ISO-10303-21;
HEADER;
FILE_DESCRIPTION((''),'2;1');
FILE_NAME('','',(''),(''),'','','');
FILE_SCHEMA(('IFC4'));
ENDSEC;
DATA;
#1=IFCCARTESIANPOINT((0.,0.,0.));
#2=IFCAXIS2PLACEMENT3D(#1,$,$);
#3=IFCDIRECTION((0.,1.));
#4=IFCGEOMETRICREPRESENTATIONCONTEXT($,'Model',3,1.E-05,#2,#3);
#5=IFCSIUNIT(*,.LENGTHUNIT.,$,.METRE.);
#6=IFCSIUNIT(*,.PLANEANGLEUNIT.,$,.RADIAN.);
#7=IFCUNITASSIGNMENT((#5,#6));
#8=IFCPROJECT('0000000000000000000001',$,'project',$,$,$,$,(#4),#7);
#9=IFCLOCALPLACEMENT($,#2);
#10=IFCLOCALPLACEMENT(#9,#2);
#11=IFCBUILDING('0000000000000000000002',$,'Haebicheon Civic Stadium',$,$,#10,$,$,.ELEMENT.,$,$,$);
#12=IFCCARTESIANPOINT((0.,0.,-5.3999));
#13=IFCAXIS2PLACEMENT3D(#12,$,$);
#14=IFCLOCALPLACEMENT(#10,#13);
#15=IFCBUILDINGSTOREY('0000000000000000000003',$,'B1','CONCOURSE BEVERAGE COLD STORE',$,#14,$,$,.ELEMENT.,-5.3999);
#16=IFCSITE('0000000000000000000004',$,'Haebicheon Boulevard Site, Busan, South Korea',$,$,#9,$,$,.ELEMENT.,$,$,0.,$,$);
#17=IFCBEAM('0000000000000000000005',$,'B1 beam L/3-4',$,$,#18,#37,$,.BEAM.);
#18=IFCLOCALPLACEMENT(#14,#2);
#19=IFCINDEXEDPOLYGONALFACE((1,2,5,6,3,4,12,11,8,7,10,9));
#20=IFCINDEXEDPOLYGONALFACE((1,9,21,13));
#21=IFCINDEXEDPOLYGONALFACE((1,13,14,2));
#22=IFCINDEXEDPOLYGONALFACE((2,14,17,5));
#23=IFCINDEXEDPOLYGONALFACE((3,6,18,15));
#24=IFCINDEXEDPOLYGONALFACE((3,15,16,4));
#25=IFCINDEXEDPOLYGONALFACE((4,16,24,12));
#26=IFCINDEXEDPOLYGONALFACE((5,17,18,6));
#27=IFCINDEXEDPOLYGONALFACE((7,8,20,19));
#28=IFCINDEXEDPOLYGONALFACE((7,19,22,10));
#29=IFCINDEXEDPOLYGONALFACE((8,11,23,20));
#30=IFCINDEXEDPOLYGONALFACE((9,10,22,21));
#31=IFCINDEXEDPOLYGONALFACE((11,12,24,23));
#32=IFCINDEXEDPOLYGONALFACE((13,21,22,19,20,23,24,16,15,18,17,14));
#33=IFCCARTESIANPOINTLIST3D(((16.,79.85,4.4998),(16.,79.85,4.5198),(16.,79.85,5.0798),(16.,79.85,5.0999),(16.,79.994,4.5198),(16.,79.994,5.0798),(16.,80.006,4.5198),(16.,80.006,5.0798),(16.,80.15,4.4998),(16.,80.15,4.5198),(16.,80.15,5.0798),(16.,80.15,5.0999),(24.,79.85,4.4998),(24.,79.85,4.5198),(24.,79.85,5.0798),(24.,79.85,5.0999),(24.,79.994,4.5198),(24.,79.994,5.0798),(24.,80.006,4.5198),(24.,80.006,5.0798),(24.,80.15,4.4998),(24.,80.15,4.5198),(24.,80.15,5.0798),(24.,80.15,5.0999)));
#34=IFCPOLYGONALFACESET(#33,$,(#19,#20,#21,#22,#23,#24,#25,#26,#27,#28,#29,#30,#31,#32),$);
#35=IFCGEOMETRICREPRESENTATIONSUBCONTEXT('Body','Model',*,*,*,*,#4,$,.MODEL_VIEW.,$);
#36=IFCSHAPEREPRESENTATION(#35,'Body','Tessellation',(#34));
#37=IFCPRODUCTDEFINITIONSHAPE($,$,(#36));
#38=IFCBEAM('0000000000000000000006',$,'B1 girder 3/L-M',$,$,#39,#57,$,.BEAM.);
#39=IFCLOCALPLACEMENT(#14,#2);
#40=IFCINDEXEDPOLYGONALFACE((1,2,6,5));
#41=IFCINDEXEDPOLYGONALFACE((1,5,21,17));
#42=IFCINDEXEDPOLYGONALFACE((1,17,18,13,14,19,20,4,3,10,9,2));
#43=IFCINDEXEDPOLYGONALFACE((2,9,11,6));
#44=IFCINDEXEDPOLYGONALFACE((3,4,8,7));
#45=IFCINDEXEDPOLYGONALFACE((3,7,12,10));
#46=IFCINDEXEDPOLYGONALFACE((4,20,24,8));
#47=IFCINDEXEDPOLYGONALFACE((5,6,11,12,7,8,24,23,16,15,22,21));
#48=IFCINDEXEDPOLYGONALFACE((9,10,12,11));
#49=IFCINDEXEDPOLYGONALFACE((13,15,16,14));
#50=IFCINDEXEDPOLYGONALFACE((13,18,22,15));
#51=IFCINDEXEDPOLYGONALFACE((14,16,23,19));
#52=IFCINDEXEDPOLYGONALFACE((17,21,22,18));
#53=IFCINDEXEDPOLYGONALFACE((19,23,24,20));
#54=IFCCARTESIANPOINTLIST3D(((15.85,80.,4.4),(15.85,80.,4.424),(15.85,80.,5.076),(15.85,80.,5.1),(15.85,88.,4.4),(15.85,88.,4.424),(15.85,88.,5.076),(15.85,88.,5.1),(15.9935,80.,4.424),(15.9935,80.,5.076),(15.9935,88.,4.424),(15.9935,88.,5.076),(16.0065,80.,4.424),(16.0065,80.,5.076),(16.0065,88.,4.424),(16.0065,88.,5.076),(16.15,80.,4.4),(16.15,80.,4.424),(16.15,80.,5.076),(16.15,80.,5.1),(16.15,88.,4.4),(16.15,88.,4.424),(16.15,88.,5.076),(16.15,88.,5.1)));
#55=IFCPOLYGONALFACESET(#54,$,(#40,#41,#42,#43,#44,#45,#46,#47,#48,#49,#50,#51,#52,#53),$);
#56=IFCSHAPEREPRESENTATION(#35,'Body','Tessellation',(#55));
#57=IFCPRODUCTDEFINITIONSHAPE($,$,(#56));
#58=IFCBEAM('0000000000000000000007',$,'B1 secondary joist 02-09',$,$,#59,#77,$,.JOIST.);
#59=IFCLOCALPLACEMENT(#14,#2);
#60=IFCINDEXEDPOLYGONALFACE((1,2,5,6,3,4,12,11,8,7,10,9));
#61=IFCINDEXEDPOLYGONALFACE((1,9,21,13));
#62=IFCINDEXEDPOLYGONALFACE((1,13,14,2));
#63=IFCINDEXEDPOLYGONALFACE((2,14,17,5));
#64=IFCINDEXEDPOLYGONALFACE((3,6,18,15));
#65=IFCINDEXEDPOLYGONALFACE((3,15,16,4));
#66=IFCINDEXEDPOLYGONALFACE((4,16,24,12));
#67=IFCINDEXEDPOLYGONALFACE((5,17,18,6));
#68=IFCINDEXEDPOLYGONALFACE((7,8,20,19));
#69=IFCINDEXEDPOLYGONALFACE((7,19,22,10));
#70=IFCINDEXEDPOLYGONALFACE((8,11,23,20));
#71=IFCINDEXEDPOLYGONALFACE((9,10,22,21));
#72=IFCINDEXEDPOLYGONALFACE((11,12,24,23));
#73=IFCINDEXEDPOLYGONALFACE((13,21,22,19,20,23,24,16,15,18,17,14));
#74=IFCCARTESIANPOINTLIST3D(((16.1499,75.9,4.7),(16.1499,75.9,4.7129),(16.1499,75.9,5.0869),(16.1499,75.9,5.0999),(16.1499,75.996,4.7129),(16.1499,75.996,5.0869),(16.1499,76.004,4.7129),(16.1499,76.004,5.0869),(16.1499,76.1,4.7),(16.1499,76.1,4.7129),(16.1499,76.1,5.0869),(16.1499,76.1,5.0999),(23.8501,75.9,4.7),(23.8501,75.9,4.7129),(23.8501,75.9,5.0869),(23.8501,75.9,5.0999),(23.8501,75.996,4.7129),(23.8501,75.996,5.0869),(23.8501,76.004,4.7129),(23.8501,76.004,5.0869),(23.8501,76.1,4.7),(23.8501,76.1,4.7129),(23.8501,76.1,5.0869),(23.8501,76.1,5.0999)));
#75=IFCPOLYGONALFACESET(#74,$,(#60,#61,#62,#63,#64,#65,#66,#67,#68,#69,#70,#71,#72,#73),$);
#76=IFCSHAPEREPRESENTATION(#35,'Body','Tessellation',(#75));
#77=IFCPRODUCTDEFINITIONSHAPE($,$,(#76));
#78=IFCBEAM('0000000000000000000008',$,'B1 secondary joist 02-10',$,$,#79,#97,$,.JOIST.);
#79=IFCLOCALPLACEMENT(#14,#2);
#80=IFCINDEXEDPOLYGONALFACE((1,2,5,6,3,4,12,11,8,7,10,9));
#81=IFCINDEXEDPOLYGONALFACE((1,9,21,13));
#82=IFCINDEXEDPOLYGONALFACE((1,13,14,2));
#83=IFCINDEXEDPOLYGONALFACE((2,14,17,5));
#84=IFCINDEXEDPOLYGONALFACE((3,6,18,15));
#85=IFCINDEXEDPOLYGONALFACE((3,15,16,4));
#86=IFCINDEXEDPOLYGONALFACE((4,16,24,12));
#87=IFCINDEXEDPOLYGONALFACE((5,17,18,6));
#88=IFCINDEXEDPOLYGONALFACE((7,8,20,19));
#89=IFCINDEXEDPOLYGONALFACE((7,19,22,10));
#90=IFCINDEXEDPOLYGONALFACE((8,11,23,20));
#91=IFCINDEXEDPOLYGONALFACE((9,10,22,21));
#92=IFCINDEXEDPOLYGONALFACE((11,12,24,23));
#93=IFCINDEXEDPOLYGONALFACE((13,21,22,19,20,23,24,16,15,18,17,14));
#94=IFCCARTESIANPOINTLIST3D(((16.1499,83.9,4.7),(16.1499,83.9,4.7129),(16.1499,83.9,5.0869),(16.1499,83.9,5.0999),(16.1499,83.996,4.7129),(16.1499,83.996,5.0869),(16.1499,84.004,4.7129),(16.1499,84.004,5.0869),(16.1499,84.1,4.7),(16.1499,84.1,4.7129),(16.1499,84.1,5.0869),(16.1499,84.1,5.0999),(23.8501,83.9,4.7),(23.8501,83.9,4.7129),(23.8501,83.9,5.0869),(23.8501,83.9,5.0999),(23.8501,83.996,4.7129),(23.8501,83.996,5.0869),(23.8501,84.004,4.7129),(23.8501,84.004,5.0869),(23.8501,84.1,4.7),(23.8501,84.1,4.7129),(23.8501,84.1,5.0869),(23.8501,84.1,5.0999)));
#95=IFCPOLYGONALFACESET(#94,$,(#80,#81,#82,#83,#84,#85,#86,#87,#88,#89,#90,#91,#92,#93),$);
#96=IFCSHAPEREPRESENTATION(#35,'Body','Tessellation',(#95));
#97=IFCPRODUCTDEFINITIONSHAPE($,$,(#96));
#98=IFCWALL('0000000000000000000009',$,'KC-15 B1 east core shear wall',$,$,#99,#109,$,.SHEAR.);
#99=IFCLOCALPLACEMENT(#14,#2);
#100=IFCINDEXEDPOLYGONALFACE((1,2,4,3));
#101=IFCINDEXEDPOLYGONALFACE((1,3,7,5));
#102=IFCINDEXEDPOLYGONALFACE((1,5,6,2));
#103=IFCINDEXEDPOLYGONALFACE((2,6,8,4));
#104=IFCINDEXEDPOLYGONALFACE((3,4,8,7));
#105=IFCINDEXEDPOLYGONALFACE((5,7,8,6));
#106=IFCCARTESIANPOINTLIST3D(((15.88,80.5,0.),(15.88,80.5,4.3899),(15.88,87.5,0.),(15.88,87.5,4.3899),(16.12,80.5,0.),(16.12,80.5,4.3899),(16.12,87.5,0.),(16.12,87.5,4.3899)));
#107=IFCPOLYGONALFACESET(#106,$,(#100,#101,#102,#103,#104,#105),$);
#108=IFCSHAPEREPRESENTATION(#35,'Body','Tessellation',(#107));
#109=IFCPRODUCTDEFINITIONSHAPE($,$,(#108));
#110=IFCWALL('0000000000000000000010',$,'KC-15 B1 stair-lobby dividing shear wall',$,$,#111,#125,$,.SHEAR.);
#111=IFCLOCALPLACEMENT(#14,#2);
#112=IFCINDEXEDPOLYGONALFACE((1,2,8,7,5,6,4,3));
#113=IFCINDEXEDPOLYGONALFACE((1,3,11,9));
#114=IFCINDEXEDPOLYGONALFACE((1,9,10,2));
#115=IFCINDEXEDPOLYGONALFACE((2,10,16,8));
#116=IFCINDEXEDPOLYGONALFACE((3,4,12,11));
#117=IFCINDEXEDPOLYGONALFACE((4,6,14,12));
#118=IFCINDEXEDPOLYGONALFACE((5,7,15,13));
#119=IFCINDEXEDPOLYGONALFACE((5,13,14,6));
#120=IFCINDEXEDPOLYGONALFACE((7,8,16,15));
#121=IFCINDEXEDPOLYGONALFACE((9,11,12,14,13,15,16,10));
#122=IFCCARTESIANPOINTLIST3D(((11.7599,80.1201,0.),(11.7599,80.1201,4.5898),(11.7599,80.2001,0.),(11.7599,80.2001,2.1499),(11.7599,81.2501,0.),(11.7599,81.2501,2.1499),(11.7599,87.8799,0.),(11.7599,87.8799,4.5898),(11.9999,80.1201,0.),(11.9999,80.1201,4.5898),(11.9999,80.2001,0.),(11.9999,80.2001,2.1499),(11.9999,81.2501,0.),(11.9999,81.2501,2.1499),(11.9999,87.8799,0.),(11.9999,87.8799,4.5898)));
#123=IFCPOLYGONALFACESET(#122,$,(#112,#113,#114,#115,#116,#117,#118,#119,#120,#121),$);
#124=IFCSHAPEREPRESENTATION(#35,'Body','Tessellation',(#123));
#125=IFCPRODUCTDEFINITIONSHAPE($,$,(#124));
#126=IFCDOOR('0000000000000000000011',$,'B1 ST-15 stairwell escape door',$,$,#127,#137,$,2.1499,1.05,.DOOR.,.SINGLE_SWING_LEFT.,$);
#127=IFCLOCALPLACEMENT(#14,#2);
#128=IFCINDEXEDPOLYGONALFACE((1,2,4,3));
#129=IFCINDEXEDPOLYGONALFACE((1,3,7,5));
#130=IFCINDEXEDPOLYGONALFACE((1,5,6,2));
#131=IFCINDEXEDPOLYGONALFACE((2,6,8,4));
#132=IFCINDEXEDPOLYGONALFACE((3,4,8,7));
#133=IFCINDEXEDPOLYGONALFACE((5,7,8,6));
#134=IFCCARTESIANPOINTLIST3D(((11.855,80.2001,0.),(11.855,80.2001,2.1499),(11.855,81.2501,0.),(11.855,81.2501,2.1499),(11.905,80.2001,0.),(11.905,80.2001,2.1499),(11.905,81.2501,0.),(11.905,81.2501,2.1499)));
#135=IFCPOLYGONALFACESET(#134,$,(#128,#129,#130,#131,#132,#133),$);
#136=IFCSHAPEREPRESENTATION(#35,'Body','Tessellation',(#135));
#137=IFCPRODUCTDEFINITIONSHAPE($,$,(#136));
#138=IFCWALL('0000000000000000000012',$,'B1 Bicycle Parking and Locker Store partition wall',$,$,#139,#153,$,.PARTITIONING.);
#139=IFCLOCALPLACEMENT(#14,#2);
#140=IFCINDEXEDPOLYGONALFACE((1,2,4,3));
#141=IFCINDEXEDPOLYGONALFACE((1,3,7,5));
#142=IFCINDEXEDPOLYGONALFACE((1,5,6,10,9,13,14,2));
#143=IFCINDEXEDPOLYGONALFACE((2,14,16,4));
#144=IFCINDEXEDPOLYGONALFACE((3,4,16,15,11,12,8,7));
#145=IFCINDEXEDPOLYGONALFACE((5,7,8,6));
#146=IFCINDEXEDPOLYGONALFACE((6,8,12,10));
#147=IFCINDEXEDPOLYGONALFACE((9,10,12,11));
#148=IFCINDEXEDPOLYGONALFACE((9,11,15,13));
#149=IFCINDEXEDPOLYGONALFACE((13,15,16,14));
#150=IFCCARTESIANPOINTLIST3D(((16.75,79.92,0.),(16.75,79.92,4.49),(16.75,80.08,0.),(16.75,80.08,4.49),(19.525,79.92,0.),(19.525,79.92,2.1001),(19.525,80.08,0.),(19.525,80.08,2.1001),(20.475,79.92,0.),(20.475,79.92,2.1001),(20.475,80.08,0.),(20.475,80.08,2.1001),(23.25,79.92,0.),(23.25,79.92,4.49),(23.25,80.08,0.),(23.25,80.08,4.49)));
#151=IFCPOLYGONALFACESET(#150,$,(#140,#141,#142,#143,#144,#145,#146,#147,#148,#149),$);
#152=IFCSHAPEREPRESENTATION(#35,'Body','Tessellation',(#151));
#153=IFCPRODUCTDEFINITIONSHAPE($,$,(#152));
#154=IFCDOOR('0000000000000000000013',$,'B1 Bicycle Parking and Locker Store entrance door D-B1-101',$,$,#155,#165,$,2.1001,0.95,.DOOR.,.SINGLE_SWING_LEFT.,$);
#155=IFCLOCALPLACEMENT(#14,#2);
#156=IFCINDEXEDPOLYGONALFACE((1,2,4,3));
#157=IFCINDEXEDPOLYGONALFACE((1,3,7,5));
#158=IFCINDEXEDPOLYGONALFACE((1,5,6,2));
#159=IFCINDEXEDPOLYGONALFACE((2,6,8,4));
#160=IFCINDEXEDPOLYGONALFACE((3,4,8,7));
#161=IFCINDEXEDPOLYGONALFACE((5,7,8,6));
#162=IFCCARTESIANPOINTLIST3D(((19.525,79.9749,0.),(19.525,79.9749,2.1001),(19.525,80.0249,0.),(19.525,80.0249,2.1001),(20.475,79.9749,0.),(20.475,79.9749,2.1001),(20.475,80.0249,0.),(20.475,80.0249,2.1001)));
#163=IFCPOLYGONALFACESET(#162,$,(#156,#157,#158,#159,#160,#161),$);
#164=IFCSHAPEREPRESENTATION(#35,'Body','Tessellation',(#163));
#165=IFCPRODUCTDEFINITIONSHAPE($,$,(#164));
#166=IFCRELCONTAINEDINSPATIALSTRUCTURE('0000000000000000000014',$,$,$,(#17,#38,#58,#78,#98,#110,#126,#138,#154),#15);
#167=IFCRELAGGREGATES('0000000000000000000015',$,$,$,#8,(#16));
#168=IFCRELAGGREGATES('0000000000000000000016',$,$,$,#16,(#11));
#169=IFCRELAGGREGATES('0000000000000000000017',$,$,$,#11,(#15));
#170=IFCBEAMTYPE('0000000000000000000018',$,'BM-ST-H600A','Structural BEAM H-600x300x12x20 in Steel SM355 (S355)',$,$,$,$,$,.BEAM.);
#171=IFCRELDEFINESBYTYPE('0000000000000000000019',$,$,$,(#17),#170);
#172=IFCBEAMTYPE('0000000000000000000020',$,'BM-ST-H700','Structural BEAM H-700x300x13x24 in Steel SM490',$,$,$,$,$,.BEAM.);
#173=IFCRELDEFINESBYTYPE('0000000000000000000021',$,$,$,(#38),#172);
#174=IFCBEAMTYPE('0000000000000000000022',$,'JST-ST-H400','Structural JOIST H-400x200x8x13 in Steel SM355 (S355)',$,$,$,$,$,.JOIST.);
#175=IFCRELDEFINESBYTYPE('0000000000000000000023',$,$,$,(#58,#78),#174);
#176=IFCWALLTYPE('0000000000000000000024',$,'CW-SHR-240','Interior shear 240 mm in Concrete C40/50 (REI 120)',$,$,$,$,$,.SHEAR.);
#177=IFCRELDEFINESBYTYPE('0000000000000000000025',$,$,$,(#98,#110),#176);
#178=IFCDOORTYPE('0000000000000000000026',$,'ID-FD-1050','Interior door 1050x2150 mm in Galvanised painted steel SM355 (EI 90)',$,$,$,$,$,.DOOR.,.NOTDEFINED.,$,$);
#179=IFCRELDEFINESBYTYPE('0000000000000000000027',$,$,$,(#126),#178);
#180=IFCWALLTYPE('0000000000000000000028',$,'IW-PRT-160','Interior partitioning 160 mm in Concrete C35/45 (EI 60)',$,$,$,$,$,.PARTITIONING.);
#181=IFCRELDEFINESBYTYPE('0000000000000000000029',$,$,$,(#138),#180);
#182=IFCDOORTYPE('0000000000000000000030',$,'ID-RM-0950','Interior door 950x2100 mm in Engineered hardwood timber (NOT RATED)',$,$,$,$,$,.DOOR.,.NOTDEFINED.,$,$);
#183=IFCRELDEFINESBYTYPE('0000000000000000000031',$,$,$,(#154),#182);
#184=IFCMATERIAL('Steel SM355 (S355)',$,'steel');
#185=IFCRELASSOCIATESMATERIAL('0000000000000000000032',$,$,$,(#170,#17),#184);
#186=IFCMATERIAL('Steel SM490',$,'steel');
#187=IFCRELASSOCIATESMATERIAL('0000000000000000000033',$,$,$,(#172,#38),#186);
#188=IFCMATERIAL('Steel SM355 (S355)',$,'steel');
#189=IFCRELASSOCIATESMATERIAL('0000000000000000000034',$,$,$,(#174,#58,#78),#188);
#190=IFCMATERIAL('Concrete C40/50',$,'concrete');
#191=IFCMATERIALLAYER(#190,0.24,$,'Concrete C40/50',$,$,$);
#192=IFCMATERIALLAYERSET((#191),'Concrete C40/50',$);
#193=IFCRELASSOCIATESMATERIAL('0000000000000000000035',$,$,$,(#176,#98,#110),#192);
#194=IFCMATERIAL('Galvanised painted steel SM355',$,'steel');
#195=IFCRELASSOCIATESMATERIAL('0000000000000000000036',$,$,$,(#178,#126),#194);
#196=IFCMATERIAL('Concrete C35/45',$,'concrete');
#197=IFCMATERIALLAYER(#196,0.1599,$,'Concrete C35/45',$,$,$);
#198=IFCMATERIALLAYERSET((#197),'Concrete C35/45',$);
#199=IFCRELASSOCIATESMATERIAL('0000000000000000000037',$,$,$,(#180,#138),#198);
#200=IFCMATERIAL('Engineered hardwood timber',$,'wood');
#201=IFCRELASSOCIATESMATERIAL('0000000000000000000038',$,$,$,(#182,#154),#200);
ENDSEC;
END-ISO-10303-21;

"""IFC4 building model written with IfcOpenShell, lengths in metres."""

from ifc_helpers import new_model, si_unit, direction, frame, frame_2d, origin, origin_2d, place, context, subcontext, project, spatial, rectangle, i_section, extrude, material, layer, layer_set, material_profile, profile_set, type_object, element, fill, save


model = new_model("IFC4")

# Units and contexts
model_context = context("Model", 3, precision=1e-05, world=origin(), true_north=direction((0.0, 1.0)))
body_context = subcontext(model_context, "Body", "Model", "MODEL_VIEW")
ifc_project = project(units=[si_unit("LENGTHUNIT", "METRE"), si_unit("PLANEANGLEUNIT", "RADIAN")], contexts=[model_context])

# Site, building, storey
site_placement = place(None, origin())
site = spatial("IfcSite", under=ifc_project, at=site_placement, Name="Haebicheon Boulevard Site, Busan, South Korea", CompositionType="ELEMENT", RefElevation=0.0)
building_placement = place(site_placement, origin())
building = spatial("IfcBuilding", under=site, at=building_placement, Name="Haebicheon Civic Stadium", CompositionType="ELEMENT")
storey_placement = place(building_placement, frame((0.0, 0.0, -5.3999)))
storey = spatial("IfcBuildingStorey", under=building, at=storey_placement, Name="B1", Description="CONCOURSE BEVERAGE COLD STORE", CompositionType="ELEMENT", Elevation=-5.3999)

# Beams
ifc_material_1 = material(Name="Steel SM355 (S355)", Category="steel")
ifc_material_profile_1 = material_profile(ifc_material_1, i_section(OverallWidth=0.3, OverallDepth=0.6001, WebThickness=0.012, FlangeThickness=0.02, at=origin_2d()), Name="H-600x300x12x20")
ifc_profile_set_1 = profile_set([ifc_material_profile_1], Name="Steel SM355 (S355)")
beam_type_1 = type_object("IfcBeamType", Name="BM-ST-H600A", Description="Structural BEAM H-600x300x12x20 in Steel SM355 (S355)", PredefinedType="BEAM", material=ifc_profile_set_1)
beam_1_placement = place(storey_placement, frame((16.0, 80.0, 4.7998), z_axis=(1.0, 0.0, 0.0), x_axis=(0.0, 1.0, 0.0)))
element("IfcBeam", 1, at=beam_1_placement, inside=storey, type_object=beam_type_1, material=ifc_profile_set_1, Name="B1 beam L/3-4", PredefinedType="BEAM", context=body_context, shape_type="SweptSolid", body=[
    extrude(i_section(OverallWidth=0.3, OverallDepth=0.6001, WebThickness=0.012, FlangeThickness=0.02, at=origin_2d()), origin(), (0.0, 0.0, 1.0), 8.0),
])
ifc_material_2 = material(Name="Steel SM490", Category="steel")
ifc_material_profile_2 = material_profile(ifc_material_2, i_section(OverallWidth=0.3, OverallDepth=0.7, WebThickness=0.0129, FlangeThickness=0.0239, at=origin_2d()), Name="H-700x300x13x24")
ifc_profile_set_2 = profile_set([ifc_material_profile_2], Name="Steel SM490")
beam_type_2 = type_object("IfcBeamType", Name="BM-ST-H700", Description="Structural BEAM H-700x300x13x24 in Steel SM490", PredefinedType="BEAM", material=ifc_profile_set_2)
beam_2_placement = place(storey_placement, frame((16.0, 80.0, 4.75), z_axis=(0.0, 1.0, 0.0), x_axis=(-1.0, 0.0, 0.0)))
element("IfcBeam", 2, at=beam_2_placement, inside=storey, type_object=beam_type_2, material=ifc_profile_set_2, Name="B1 girder 3/L-M", PredefinedType="BEAM", context=body_context, shape_type="SweptSolid", body=[
    extrude(i_section(OverallWidth=0.3, OverallDepth=0.7, WebThickness=0.0129, FlangeThickness=0.0239, at=origin_2d()), origin(), (0.0, 0.0, 1.0), 8.0),
])
ifc_material_3 = material(Name="Steel SM355 (S355)", Category="steel")
ifc_material_profile_3 = material_profile(ifc_material_3, i_section(OverallWidth=0.2, OverallDepth=0.3999, WebThickness=0.0081, FlangeThickness=0.0129, at=origin_2d()), Name="H-400x200x8x13")
ifc_profile_set_3 = profile_set([ifc_material_profile_3], Name="Steel SM355 (S355)")
beam_type_3 = type_object("IfcBeamType", Name="JST-ST-H400", Description="Structural JOIST H-400x200x8x13 in Steel SM355 (S355)", PredefinedType="JOIST", material=ifc_profile_set_3)
for number, where, z_axis, x_axis, name in (
    (3, (16.1499, 76.0, 4.8999), (1.0, 0.0, 0.0), (0.0, 1.0, 0.0), "B1 secondary joist 02-09"),
    (4, (16.1499, 84.0, 4.8999), (1.0, 0.0, 0.0), (0.0, 1.0, 0.0), "B1 secondary joist 02-10"),
):
    element("IfcBeam", number, at=place(storey_placement, frame(where, z_axis=z_axis, x_axis=x_axis)), inside=storey, type_object=beam_type_3, material=ifc_profile_set_3, Name=name, PredefinedType="JOIST", context=body_context, shape_type="SweptSolid", body=[
        extrude(i_section(OverallWidth=0.2, OverallDepth=0.3999, WebThickness=0.0081, FlangeThickness=0.0129, at=origin_2d()), origin(), (0.0, 0.0, 1.0), 7.7002),
    ])

# Wall
ifc_material_4 = material(Name="Concrete C40/50", Category="concrete")
ifc_layer_1 = layer(ifc_material_4, 0.24, Name="Concrete C40/50")
ifc_layer_set_1 = layer_set([ifc_layer_1], Name="Concrete C40/50")
wall_type_1 = type_object("IfcWallType", Name="CW-SHR-240", Description="Interior shear 240 mm in Concrete C40/50 (REI 120)", PredefinedType="SHEAR", material=ifc_layer_set_1)
wall_1_placement = place(storey_placement, frame((16.0, 80.5, 0.0), z_axis=(0.0, 0.0, 1.0), x_axis=(0.0, 1.0, 0.0)))
element("IfcWall", 5, at=wall_1_placement, inside=storey, type_object=wall_type_1, material=ifc_layer_set_1, Name="KC-15 B1 east core shear wall", PredefinedType="SHEAR", context=body_context, shape_type="SweptSolid", body=[
    extrude(rectangle(XDim=7.0, YDim=0.24, at=frame_2d((3.5, 0.0))), origin(), (0.0, 0.0, 1.0), 4.3899),
])

# Walls, openings, doors
wall_2_placement = place(storey_placement, frame((11.8799, 80.1201, 0.0), z_axis=(0.0, 0.0, 1.0), x_axis=(0.0, 1.0, 0.0)))
wall_2 = element("IfcWall", 6, at=wall_2_placement, inside=storey, type_object=wall_type_1, material=ifc_layer_set_1, Name="KC-15 B1 stair-lobby dividing shear wall", PredefinedType="SHEAR", context=body_context, shape_type="SweptSolid", body=[
    extrude(rectangle(XDim=7.7598, YDim=0.24, at=frame_2d((3.8799, 0.0))), origin(), (0.0, 0.0, 1.0), 4.5898),
])
opening_1_placement = place(wall_2_placement, frame((0.0801, 0.0, 0.0)))
opening_1 = element("IfcOpeningElement", 7, at=opening_1_placement, cuts=wall_2, PredefinedType="OPENING", context=body_context, shape_type="SweptSolid", body=[
    extrude(rectangle(XDim=1.05, YDim=2.1499, at=frame_2d((0.5249, 1.075))), frame((0.0, 0.1299, 0.0), z_axis=(0.0, -1.0, 0.0), x_axis=(1.0, 0.0, 0.0)), (0.0, 0.0, 1.0), 0.26),
])
ifc_material_5 = material(Name="Galvanised painted steel SM355", Category="steel")
door_type_1 = type_object("IfcDoorType", Name="ID-FD-1050", Description="Interior door 1050x2150 mm in Galvanised painted steel SM355 (EI 90)", OperationType="NOTDEFINED", PredefinedType="DOOR", material=ifc_material_5)
door_1_placement = place(opening_1_placement, origin())
door_1 = element("IfcDoor", 8, at=door_1_placement, inside=storey, type_object=door_type_1, material=ifc_material_5, Name="B1 ST-15 stairwell escape door", OperationType="SINGLE_SWING_LEFT", OverallHeight=2.1499, OverallWidth=1.05, PredefinedType="DOOR", context=body_context, shape_type="SweptSolid", body=[
    extrude(rectangle(XDim=1.05, YDim=2.1499, at=frame_2d((0.5249, 1.075))), frame((0.0, 0.0249, 0.0), z_axis=(0.0, -1.0, 0.0), x_axis=(1.0, 0.0, 0.0)), (0.0, 0.0, 1.0), 0.05),
])
fill(opening_1, door_1)
ifc_material_6 = material(Name="Concrete C35/45", Category="concrete")
ifc_layer_2 = layer(ifc_material_6, 0.1599, Name="Concrete C35/45")
ifc_layer_set_2 = layer_set([ifc_layer_2], Name="Concrete C35/45")
wall_type_2 = type_object("IfcWallType", Name="IW-PRT-160", Description="Interior partitioning 160 mm in Concrete C35/45 (EI 60)", PredefinedType="PARTITIONING", material=ifc_layer_set_2)
wall_3_placement = place(storey_placement, frame((16.75, 80.0, 0.0), z_axis=(0.0, 0.0, 1.0), x_axis=(1.0, 0.0, 0.0)))
wall_3 = element("IfcWall", 9, at=wall_3_placement, inside=storey, type_object=wall_type_2, material=ifc_layer_set_2, Name="B1 Bicycle Parking and Locker Store partition wall", PredefinedType="PARTITIONING", context=body_context, shape_type="SweptSolid", body=[
    extrude(rectangle(XDim=6.5, YDim=0.1599, at=frame_2d((3.25, 0.0))), origin(), (0.0, 0.0, 1.0), 4.49),
])
opening_2_placement = place(wall_3_placement, frame((2.7749, 0.0, 0.0)))
opening_2 = element("IfcOpeningElement", 10, at=opening_2_placement, cuts=wall_3, PredefinedType="OPENING", context=body_context, shape_type="SweptSolid", body=[
    extrude(rectangle(XDim=0.95, YDim=2.1001, at=frame_2d((0.4751, 1.05))), frame((0.0, 0.0898, 0.0), z_axis=(0.0, -1.0, 0.0), x_axis=(1.0, 0.0, 0.0)), (0.0, 0.0, 1.0), 0.1799),
])
ifc_material_7 = material(Name="Engineered hardwood timber", Category="wood")
door_type_2 = type_object("IfcDoorType", Name="ID-RM-0950", Description="Interior door 950x2100 mm in Engineered hardwood timber (NOT RATED)", OperationType="NOTDEFINED", PredefinedType="DOOR", material=ifc_material_7)
door_2_placement = place(opening_2_placement, origin())
door_2 = element("IfcDoor", 11, at=door_2_placement, inside=storey, type_object=door_type_2, material=ifc_material_7, Name="B1 Bicycle Parking and Locker Store entrance door D-B1-101", OperationType="SINGLE_SWING_LEFT", OverallHeight=2.1001, OverallWidth=0.95, PredefinedType="DOOR", context=body_context, shape_type="SweptSolid", body=[
    extrude(rectangle(XDim=0.95, YDim=2.1001, at=frame_2d((0.4751, 1.05))), frame((0.0, 0.0249, 0.0), z_axis=(0.0, -1.0, 0.0), x_axis=(1.0, 0.0, 0.0)), (0.0, 0.0, 1.0), 0.05),
])
fill(opening_2, door_2)

save(model, "model.ifc")
